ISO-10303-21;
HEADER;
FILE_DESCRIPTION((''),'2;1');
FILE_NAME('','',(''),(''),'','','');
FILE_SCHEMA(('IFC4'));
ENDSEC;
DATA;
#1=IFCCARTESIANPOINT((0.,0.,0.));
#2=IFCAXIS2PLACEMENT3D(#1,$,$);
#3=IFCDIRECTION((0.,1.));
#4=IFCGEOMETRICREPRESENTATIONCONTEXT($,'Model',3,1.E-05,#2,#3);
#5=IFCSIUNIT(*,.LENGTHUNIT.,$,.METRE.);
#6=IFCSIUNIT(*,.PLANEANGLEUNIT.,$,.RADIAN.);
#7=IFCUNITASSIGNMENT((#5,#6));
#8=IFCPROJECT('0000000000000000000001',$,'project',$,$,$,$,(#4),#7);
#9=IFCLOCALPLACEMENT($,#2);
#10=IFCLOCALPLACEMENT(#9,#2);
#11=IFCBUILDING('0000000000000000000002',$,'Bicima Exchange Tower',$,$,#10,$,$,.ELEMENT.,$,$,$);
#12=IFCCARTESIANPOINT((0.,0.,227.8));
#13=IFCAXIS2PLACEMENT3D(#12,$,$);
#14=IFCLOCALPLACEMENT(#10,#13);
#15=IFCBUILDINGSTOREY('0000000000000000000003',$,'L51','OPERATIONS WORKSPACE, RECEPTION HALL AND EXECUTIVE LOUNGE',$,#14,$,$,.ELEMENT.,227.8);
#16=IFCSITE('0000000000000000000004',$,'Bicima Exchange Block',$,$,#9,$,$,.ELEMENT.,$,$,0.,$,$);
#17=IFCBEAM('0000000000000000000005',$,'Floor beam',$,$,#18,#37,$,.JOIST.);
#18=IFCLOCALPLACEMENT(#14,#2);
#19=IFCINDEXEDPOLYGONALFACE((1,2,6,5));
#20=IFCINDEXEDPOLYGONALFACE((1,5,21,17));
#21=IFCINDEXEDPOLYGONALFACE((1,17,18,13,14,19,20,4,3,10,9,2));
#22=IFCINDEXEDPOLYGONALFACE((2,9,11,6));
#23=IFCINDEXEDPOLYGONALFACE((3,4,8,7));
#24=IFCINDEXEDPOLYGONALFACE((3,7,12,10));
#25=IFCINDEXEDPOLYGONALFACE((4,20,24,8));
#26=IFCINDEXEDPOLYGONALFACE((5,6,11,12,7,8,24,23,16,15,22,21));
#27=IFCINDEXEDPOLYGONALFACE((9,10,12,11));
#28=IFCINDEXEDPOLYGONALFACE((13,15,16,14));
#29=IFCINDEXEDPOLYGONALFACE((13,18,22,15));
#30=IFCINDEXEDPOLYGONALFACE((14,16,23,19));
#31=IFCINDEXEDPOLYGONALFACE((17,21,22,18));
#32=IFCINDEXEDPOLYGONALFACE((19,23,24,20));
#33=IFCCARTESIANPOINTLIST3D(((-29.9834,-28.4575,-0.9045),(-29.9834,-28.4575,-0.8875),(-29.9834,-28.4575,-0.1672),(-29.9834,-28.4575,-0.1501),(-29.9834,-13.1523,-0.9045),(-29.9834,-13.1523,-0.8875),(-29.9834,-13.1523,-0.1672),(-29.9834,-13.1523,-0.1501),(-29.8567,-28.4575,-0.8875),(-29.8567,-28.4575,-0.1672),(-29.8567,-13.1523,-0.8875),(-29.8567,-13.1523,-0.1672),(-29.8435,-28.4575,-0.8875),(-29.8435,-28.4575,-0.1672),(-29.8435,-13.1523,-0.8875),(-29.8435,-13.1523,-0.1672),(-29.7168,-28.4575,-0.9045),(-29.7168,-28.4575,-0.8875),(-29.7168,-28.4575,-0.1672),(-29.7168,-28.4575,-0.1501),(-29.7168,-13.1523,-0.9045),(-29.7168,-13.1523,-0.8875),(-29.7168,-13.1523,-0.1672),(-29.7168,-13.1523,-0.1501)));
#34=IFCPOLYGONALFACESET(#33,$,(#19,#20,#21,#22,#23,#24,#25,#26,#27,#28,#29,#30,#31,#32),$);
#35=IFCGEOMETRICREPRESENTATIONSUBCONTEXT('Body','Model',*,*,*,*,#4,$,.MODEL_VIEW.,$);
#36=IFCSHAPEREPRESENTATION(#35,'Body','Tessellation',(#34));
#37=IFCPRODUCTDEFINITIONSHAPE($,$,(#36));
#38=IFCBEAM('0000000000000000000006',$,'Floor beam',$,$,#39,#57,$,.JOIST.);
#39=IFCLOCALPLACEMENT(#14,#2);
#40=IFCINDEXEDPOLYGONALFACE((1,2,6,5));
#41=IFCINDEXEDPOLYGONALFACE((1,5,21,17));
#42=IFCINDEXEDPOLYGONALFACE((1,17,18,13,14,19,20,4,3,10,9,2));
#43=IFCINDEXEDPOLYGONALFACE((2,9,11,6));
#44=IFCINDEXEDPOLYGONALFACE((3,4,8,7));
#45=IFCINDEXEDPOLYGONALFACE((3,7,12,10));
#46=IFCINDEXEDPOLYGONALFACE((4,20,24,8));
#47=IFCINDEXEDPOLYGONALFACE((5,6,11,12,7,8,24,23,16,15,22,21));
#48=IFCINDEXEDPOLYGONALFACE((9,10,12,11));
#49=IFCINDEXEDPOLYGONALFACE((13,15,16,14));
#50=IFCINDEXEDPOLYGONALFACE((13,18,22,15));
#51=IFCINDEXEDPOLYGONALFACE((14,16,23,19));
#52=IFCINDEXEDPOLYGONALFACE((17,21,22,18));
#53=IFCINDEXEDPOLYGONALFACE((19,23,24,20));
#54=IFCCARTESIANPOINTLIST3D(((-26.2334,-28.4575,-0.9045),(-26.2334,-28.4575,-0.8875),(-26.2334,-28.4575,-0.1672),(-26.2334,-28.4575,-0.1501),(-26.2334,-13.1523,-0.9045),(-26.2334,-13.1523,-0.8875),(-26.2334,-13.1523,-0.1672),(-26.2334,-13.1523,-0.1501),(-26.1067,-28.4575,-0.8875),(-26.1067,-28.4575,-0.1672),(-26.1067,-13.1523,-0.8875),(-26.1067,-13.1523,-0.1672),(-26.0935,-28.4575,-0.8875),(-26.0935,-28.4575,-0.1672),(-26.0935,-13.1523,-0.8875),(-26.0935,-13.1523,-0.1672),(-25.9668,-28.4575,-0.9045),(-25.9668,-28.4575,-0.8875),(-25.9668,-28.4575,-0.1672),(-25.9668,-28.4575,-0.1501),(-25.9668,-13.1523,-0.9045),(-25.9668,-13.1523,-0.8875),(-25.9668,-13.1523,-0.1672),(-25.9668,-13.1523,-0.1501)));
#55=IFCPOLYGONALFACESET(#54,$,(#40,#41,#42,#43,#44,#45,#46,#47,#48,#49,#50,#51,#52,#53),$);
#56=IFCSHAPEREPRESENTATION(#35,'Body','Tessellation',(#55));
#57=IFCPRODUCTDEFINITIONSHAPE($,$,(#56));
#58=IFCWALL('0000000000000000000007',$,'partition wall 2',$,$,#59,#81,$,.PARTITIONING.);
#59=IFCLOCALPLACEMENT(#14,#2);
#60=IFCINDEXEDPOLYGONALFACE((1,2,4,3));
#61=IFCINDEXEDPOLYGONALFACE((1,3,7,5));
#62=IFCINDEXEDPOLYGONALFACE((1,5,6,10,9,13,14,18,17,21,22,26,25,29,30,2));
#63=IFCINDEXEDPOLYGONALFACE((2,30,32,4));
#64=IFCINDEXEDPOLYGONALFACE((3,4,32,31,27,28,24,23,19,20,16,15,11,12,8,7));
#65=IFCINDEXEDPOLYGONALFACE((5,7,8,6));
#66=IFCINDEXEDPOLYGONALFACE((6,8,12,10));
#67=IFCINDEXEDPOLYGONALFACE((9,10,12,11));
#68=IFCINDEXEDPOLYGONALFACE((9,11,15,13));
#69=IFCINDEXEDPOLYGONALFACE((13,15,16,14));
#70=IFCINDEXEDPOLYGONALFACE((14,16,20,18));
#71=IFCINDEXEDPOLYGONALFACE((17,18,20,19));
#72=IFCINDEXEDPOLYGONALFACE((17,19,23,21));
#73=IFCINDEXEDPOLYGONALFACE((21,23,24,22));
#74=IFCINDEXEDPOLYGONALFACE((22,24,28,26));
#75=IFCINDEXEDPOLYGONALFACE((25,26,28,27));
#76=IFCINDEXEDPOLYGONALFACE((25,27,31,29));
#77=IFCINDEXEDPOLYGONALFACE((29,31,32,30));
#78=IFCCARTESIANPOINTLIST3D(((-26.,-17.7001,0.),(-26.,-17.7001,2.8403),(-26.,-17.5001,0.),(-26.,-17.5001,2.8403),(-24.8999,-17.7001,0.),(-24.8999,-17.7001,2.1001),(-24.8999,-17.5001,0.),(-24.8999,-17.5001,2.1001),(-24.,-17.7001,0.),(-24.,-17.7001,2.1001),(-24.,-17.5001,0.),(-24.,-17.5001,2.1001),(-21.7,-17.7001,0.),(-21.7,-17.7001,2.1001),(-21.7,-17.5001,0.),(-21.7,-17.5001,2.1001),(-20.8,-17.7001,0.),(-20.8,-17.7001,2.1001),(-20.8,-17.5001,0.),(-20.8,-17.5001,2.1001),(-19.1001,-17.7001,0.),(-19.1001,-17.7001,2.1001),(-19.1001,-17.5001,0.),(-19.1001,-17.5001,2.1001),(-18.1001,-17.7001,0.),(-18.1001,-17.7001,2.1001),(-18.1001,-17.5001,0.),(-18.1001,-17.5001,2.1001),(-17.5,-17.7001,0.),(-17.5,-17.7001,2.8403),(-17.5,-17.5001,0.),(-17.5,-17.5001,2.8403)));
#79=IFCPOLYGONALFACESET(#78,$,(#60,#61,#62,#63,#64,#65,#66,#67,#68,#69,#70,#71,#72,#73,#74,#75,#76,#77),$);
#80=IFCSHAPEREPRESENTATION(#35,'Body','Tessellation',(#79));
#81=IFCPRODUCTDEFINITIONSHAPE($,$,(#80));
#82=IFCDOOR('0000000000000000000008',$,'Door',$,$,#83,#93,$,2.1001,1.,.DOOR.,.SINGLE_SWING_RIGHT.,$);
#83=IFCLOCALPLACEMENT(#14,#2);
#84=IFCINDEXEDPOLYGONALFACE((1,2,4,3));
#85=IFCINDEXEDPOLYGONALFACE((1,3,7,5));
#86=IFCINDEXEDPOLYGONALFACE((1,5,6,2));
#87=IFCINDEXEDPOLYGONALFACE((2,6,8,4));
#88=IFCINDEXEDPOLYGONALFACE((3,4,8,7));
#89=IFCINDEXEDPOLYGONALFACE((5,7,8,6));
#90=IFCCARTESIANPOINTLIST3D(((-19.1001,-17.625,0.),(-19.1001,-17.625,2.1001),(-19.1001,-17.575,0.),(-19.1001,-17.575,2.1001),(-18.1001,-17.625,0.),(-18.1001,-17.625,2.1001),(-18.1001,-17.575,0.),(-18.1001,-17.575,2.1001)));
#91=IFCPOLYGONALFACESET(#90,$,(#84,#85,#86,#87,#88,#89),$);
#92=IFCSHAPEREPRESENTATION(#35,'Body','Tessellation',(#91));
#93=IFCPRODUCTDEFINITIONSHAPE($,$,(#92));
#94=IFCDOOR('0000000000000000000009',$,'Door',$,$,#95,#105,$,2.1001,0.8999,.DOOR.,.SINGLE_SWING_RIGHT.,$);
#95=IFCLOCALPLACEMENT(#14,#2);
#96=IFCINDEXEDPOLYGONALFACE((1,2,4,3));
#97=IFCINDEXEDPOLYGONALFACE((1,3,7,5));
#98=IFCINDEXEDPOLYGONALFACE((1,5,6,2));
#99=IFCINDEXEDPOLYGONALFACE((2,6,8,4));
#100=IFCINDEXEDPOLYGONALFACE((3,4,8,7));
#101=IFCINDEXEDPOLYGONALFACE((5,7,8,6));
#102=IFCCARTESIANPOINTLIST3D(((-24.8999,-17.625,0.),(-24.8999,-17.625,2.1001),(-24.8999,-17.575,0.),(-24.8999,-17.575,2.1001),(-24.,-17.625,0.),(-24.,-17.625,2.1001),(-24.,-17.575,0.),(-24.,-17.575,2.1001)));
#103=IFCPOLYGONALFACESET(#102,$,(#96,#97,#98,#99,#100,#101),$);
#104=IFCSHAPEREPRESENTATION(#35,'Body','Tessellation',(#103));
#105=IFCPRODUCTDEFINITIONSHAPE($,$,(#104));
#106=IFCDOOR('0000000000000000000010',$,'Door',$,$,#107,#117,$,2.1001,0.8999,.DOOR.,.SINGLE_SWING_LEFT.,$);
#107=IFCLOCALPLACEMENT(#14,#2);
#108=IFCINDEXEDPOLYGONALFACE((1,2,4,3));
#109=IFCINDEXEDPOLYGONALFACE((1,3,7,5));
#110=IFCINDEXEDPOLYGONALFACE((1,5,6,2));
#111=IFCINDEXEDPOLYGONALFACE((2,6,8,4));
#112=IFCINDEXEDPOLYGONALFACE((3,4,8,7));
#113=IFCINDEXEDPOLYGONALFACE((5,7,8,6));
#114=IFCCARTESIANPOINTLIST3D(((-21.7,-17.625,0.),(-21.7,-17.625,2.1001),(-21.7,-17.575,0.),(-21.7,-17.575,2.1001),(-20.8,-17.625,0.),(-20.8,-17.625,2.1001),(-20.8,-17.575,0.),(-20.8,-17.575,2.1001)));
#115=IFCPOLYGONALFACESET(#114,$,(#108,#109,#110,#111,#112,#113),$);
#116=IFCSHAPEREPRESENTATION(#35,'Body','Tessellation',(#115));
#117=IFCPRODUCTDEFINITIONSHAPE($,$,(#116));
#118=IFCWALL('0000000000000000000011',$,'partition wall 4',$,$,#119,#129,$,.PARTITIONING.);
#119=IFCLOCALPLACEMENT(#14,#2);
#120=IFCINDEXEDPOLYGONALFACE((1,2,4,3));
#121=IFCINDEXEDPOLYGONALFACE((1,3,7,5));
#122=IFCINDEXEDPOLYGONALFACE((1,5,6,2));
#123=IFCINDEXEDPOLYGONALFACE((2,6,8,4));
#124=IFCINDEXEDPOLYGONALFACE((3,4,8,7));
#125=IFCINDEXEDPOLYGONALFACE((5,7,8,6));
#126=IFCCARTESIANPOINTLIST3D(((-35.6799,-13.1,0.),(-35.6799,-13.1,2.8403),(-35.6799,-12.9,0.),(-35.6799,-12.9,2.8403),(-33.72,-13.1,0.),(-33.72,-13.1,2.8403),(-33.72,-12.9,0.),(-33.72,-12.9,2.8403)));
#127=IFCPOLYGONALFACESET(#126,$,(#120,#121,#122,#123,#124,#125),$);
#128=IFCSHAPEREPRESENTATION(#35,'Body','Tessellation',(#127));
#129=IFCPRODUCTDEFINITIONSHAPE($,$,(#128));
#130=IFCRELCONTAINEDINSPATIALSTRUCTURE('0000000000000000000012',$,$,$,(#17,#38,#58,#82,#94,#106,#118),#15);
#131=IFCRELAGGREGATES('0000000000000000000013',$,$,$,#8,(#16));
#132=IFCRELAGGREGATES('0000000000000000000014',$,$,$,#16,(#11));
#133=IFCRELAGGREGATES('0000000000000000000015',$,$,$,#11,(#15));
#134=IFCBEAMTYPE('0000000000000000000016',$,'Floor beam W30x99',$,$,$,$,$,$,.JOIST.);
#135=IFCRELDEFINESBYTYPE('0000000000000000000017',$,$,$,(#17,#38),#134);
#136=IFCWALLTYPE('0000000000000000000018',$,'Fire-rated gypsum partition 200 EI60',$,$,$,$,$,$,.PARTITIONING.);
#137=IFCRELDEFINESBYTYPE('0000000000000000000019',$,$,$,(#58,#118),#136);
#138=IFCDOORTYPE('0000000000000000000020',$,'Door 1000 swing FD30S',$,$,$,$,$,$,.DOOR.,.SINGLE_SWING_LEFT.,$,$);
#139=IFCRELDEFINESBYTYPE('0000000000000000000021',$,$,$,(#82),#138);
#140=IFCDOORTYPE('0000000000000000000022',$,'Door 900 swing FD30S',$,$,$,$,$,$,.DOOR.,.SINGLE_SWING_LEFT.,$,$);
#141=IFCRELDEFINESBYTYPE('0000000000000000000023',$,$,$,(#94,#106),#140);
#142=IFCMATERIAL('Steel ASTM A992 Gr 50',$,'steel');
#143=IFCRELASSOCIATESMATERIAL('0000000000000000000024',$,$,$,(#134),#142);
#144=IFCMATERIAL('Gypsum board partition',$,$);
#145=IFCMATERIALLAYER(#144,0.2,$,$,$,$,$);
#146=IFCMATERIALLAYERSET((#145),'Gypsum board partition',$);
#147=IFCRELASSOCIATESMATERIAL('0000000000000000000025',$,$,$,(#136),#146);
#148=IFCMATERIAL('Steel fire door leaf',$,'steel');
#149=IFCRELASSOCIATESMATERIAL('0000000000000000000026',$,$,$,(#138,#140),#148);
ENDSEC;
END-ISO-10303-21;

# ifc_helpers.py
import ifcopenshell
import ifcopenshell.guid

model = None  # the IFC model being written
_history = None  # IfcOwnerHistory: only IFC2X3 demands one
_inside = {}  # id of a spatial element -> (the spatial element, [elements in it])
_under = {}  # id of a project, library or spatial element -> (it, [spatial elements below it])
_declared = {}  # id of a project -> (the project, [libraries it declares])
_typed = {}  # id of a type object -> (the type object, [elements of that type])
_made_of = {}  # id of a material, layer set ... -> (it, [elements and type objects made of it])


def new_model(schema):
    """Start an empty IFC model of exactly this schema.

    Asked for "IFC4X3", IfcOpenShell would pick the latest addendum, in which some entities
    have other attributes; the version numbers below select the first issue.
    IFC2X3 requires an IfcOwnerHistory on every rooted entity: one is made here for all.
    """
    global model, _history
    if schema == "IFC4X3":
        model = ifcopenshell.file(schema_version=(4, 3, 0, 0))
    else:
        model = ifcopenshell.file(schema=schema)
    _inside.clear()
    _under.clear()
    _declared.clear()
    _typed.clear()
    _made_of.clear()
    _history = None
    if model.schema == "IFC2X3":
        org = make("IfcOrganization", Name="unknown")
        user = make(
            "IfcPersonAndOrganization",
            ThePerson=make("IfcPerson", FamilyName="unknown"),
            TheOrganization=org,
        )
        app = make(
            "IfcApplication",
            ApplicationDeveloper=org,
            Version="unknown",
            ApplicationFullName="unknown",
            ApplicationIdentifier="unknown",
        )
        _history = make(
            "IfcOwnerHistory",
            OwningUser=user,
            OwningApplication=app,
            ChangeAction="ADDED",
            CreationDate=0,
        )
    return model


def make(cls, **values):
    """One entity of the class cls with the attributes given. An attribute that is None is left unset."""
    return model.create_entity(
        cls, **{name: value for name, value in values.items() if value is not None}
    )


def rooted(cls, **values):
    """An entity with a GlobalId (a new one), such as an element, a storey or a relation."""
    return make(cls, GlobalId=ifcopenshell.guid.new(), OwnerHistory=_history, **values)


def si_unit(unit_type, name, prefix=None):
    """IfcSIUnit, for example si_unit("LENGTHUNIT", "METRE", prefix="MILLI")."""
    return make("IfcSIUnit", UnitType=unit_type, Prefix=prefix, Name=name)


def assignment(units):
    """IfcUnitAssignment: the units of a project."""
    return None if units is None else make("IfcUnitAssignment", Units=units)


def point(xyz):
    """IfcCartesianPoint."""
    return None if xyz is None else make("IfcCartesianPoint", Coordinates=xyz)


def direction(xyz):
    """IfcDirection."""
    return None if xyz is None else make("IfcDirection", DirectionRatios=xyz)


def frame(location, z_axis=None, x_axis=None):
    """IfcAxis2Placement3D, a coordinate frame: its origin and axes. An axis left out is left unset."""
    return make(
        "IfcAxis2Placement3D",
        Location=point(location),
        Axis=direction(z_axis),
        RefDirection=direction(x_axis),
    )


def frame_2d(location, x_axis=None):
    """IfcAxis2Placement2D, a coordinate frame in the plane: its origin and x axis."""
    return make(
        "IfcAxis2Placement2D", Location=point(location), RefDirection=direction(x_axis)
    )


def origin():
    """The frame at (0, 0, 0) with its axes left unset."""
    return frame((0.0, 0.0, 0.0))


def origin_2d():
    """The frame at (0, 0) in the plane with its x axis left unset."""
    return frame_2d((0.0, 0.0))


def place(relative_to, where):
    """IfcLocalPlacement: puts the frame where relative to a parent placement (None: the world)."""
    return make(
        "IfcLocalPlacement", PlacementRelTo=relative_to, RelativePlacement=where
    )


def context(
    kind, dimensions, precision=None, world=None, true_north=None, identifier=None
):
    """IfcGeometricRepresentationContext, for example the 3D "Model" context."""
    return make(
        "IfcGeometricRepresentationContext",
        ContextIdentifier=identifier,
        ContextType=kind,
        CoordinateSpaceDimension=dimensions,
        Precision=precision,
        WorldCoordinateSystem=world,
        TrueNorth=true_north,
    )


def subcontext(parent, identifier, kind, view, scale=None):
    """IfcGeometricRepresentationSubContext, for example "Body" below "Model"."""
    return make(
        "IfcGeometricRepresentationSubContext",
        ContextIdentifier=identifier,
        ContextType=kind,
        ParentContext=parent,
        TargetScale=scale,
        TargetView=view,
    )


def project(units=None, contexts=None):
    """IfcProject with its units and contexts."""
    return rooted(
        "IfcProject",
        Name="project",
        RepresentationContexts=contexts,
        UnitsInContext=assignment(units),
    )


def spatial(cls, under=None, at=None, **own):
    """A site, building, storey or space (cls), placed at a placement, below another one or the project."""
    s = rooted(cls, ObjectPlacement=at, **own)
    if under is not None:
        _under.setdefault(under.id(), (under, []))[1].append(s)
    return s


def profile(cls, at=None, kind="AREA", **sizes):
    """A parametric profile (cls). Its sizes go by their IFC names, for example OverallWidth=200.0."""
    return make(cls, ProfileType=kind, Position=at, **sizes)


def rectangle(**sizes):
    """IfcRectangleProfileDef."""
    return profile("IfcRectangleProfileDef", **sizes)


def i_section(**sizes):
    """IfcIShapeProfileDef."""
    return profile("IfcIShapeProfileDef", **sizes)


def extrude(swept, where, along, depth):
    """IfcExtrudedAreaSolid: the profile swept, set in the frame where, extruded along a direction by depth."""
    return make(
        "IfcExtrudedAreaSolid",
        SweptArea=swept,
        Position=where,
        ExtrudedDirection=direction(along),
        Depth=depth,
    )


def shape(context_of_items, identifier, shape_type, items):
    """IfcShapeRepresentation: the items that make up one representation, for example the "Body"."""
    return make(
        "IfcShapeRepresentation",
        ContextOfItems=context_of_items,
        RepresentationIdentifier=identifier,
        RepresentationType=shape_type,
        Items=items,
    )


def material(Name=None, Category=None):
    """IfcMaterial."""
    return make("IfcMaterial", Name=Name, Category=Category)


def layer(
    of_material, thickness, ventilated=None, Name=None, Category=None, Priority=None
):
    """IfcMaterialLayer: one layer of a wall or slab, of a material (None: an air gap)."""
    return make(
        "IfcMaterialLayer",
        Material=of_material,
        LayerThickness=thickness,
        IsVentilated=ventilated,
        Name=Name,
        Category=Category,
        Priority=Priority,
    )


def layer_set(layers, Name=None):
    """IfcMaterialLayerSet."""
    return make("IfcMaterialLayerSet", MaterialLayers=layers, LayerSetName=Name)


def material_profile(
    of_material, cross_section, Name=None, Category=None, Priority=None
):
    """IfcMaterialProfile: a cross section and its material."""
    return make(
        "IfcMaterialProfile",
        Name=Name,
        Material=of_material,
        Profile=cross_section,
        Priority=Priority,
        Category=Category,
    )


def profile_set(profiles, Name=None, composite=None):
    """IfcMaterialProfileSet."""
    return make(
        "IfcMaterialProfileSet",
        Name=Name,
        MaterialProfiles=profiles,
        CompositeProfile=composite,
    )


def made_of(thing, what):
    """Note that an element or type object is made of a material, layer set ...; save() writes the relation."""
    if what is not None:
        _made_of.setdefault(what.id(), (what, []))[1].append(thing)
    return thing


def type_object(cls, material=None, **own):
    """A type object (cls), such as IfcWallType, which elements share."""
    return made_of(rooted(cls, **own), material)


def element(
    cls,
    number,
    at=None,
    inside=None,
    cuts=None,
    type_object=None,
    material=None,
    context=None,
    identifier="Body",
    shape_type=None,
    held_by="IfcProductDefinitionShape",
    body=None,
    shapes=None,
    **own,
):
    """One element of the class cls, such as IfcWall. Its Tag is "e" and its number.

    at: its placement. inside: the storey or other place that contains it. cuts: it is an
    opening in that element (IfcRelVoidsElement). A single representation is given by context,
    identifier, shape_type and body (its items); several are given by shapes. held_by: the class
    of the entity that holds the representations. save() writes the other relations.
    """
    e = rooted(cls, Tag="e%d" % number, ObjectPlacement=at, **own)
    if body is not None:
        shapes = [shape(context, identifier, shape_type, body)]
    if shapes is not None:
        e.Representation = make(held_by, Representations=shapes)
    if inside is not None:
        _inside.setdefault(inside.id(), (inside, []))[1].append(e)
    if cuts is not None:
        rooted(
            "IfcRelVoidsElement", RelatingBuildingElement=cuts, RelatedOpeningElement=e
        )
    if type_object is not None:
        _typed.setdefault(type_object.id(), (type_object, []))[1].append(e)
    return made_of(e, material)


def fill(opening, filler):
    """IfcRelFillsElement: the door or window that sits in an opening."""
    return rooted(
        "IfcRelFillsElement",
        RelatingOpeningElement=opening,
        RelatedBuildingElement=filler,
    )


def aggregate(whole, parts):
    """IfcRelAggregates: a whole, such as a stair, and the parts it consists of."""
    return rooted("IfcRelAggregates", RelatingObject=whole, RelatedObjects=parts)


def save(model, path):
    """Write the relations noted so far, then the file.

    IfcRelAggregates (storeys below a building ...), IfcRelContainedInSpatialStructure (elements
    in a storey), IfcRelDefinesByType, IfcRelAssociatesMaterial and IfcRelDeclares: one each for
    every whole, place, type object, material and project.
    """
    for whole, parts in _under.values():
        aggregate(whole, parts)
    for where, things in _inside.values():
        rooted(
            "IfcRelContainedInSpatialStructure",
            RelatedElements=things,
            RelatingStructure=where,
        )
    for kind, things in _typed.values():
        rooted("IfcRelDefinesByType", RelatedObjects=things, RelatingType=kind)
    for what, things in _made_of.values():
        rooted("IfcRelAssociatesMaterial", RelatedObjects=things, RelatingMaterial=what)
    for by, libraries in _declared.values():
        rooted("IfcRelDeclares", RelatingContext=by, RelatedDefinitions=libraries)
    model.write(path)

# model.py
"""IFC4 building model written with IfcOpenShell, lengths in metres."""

from ifc_helpers import new_model, si_unit, direction, frame, frame_2d, origin, origin_2d, place, context, subcontext, project, spatial, rectangle, i_section, extrude, material, layer, layer_set, material_profile, profile_set, type_object, element, fill, save


model = new_model("IFC4")

# Units and contexts
model_context = context("Model", 3, precision=1e-05, world=origin(), true_north=direction((0.0, 1.0)))
body_context = subcontext(model_context, "Body", "Model", "MODEL_VIEW")
ifc_project = project(units=[si_unit("LENGTHUNIT", "METRE"), si_unit("PLANEANGLEUNIT", "RADIAN")], contexts=[model_context])

# Site, building, storey
site_placement = place(None, origin())
site = spatial("IfcSite", under=ifc_project, at=site_placement, Name="Bicima Exchange Block", CompositionType="ELEMENT", RefElevation=0.0)
building_placement = place(site_placement, origin())
building = spatial("IfcBuilding", under=site, at=building_placement, Name="Bicima Exchange Tower", CompositionType="ELEMENT")
storey_placement = place(building_placement, frame((0.0, 0.0, 227.8)))
storey = spatial("IfcBuildingStorey", under=building, at=storey_placement, Name="L51", Description="OPERATIONS WORKSPACE, RECEPTION HALL AND EXECUTIVE LOUNGE", CompositionType="ELEMENT", Elevation=227.8)

# Beams
ifc_material_1 = material(Name="Steel ASTM A992 Gr 50", Category="steel")
ifc_material_profile = material_profile(ifc_material_1, i_section(OverallWidth=0.2666, OverallDepth=0.7544, WebThickness=0.0132, FlangeThickness=0.0171, at=origin_2d()))
ifc_profile_set = profile_set([ifc_material_profile], Name="Steel ASTM A992 Gr 50")
beam_type = type_object("IfcBeamType", Name="Floor beam W30x99", PredefinedType="JOIST", material=ifc_profile_set)
for number, where, z_axis, x_axis, name in (
    (1, (-29.8501, -13.1523, -0.5273), (0.0, -1.0, 0.0), (1.0, 0.0, 0.0), "Floor beam"),
    (2, (-26.1001, -13.1523, -0.5273), (0.0, -1.0, 0.0), (1.0, 0.0, 0.0), "Floor beam"),
):
    element("IfcBeam", number, at=place(storey_placement, frame(where, z_axis=z_axis, x_axis=x_axis)), inside=storey, type_object=beam_type, Name=name, PredefinedType="JOIST", context=body_context, shape_type="SweptSolid", body=[
        extrude(i_section(OverallWidth=0.2666, OverallDepth=0.7544, WebThickness=0.0132, FlangeThickness=0.0171, at=origin_2d()), origin(), (0.0, 0.0, 1.0), 15.3052),
    ])

# Wall, openings, doors
ifc_material_2 = material(Name="Gypsum board partition")
ifc_layer_1 = layer(ifc_material_2, 0.2)
ifc_layer_set_1 = layer_set([ifc_layer_1], Name="Gypsum board partition")
wall_type_1 = type_object("IfcWallType", Name="Fire-rated gypsum partition 200 EI60", PredefinedType="PARTITIONING", material=ifc_layer_set_1)
wall_1_placement = place(storey_placement, frame((-26.0, -17.6001, 0.0), z_axis=(0.0, 0.0, 1.0), x_axis=(1.0, 0.0, 0.0)))
wall_1 = element("IfcWall", 3, at=wall_1_placement, inside=storey, type_object=wall_type_1, Name="partition wall 2", PredefinedType="PARTITIONING", context=body_context, shape_type="SweptSolid", body=[
    extrude(rectangle(XDim=8.5, YDim=0.2, at=frame_2d((4.25, 0.0))), origin(), (0.0, 0.0, 1.0), 2.8403),
])
opening_1_placement = place(wall_1_placement, frame((1.1001, 0.0, 0.0)))
opening_1 = element("IfcOpeningElement", 4, at=opening_1_placement, cuts=wall_1, PredefinedType="OPENING", context=body_context, shape_type="SweptSolid", body=[
    extrude(rectangle(XDim=0.8999, YDim=2.1001, at=frame_2d((0.45, 1.05))), frame((0.0, 0.1118, 0.0), z_axis=(0.0, -1.0, 0.0), x_axis=(1.0, 0.0, 0.0)), (0.0, 0.0, 1.0), 0.2239),
])
opening_2_placement = place(wall_1_placement, frame((4.3, 0.0, 0.0)))
opening_2 = element("IfcOpeningElement", 5, at=opening_2_placement, cuts=wall_1, PredefinedType="OPENING", context=body_context, shape_type="SweptSolid", body=[
    extrude(rectangle(XDim=0.8999, YDim=2.1001, at=frame_2d((0.45, 1.05))), frame((0.0, 0.1118, 0.0), z_axis=(0.0, -1.0, 0.0), x_axis=(1.0, 0.0, 0.0)), (0.0, 0.0, 1.0), 0.2239),
])
opening_3_placement = place(wall_1_placement, frame((6.8999, 0.0, 0.0)))
opening_3 = element("IfcOpeningElement", 6, at=opening_3_placement, cuts=wall_1, PredefinedType="OPENING", context=body_context, shape_type="SweptSolid", body=[
    extrude(rectangle(XDim=1.0, YDim=2.1001, at=frame_2d((0.5, 1.05))), frame((0.0, 0.1118, 0.0), z_axis=(0.0, -1.0, 0.0), x_axis=(1.0, 0.0, 0.0)), (0.0, 0.0, 1.0), 0.2239),
])
ifc_material_3 = material(Name="Steel fire door leaf", Category="steel")
door_type_1 = type_object("IfcDoorType", Name="Door 1000 swing FD30S", OperationType="SINGLE_SWING_LEFT", PredefinedType="DOOR", material=ifc_material_3)
door_1_placement = place(opening_3_placement, frame((1.0, 0.0, 0.0), z_axis=(0.0, 0.0, 1.0), x_axis=(-1.0, 0.0, 0.0)))
door_1 = element("IfcDoor", 7, at=door_1_placement, inside=storey, type_object=door_type_1, Name="Door", OperationType="SINGLE_SWING_RIGHT", OverallHeight=2.1001, OverallWidth=1.0, PredefinedType="DOOR", context=body_context, shape_type="SweptSolid", body=[
    extrude(rectangle(XDim=1.0, YDim=2.1001, at=frame_2d((0.5, 1.05))), frame((0.0, 0.0249, 0.0), z_axis=(0.0, -1.0, 0.0), x_axis=(1.0, 0.0, 0.0)), (0.0, 0.0, 1.0), 0.05),
])
fill(opening_3, door_1)
door_type_2 = type_object("IfcDoorType", Name="Door 900 swing FD30S", OperationType="SINGLE_SWING_LEFT", PredefinedType="DOOR", material=ifc_material_3)
door_2_placement = place(opening_1_placement, frame((0.8999, 0.0, 0.0), z_axis=(0.0, 0.0, 1.0), x_axis=(-1.0, 0.0, 0.0)))
door_2 = element("IfcDoor", 8, at=door_2_placement, inside=storey, type_object=door_type_2, Name="Door", OperationType="SINGLE_SWING_RIGHT", OverallHeight=2.1001, OverallWidth=0.8999, PredefinedType="DOOR", context=body_context, shape_type="SweptSolid", body=[
    extrude(rectangle(XDim=0.8999, YDim=2.1001, at=frame_2d((0.45, 1.05))), frame((0.0, 0.0249, 0.0), z_axis=(0.0, -1.0, 0.0), x_axis=(1.0, 0.0, 0.0)), (0.0, 0.0, 1.0), 0.05),
])
fill(opening_1, door_2)
door_3_placement = place(opening_2_placement, frame((0.8999, 0.0, 0.0), z_axis=(0.0, 0.0, 1.0), x_axis=(-1.0, 0.0, 0.0)))
door_3 = element("IfcDoor", 9, at=door_3_placement, inside=storey, type_object=door_type_2, Name="Door", OperationType="SINGLE_SWING_LEFT", OverallHeight=2.1001, OverallWidth=0.8999, PredefinedType="DOOR", context=body_context, shape_type="SweptSolid", body=[
    extrude(rectangle(XDim=0.8999, YDim=2.1001, at=frame_2d((0.45, 1.05))), frame((0.0, 0.0249, 0.0), z_axis=(0.0, -1.0, 0.0), x_axis=(1.0, 0.0, 0.0)), (0.0, 0.0, 1.0), 0.05),
])
fill(opening_2, door_3)

# Wall
wall_2_placement = place(storey_placement, frame((-35.6799, -13.0, 0.0), z_axis=(0.0, 0.0, 1.0), x_axis=(1.0, 0.0, 0.0)))
element("IfcWall", 10, at=wall_2_placement, inside=storey, type_object=wall_type_1, Name="partition wall 4", PredefinedType="PARTITIONING", context=body_context, shape_type="SweptSolid", body=[
    extrude(rectangle(XDim=1.96, YDim=0.2, at=frame_2d((0.98, 0.0))), origin(), (0.0, 0.0, 1.0), 2.8403),
])

save(model, "model.ifc")
